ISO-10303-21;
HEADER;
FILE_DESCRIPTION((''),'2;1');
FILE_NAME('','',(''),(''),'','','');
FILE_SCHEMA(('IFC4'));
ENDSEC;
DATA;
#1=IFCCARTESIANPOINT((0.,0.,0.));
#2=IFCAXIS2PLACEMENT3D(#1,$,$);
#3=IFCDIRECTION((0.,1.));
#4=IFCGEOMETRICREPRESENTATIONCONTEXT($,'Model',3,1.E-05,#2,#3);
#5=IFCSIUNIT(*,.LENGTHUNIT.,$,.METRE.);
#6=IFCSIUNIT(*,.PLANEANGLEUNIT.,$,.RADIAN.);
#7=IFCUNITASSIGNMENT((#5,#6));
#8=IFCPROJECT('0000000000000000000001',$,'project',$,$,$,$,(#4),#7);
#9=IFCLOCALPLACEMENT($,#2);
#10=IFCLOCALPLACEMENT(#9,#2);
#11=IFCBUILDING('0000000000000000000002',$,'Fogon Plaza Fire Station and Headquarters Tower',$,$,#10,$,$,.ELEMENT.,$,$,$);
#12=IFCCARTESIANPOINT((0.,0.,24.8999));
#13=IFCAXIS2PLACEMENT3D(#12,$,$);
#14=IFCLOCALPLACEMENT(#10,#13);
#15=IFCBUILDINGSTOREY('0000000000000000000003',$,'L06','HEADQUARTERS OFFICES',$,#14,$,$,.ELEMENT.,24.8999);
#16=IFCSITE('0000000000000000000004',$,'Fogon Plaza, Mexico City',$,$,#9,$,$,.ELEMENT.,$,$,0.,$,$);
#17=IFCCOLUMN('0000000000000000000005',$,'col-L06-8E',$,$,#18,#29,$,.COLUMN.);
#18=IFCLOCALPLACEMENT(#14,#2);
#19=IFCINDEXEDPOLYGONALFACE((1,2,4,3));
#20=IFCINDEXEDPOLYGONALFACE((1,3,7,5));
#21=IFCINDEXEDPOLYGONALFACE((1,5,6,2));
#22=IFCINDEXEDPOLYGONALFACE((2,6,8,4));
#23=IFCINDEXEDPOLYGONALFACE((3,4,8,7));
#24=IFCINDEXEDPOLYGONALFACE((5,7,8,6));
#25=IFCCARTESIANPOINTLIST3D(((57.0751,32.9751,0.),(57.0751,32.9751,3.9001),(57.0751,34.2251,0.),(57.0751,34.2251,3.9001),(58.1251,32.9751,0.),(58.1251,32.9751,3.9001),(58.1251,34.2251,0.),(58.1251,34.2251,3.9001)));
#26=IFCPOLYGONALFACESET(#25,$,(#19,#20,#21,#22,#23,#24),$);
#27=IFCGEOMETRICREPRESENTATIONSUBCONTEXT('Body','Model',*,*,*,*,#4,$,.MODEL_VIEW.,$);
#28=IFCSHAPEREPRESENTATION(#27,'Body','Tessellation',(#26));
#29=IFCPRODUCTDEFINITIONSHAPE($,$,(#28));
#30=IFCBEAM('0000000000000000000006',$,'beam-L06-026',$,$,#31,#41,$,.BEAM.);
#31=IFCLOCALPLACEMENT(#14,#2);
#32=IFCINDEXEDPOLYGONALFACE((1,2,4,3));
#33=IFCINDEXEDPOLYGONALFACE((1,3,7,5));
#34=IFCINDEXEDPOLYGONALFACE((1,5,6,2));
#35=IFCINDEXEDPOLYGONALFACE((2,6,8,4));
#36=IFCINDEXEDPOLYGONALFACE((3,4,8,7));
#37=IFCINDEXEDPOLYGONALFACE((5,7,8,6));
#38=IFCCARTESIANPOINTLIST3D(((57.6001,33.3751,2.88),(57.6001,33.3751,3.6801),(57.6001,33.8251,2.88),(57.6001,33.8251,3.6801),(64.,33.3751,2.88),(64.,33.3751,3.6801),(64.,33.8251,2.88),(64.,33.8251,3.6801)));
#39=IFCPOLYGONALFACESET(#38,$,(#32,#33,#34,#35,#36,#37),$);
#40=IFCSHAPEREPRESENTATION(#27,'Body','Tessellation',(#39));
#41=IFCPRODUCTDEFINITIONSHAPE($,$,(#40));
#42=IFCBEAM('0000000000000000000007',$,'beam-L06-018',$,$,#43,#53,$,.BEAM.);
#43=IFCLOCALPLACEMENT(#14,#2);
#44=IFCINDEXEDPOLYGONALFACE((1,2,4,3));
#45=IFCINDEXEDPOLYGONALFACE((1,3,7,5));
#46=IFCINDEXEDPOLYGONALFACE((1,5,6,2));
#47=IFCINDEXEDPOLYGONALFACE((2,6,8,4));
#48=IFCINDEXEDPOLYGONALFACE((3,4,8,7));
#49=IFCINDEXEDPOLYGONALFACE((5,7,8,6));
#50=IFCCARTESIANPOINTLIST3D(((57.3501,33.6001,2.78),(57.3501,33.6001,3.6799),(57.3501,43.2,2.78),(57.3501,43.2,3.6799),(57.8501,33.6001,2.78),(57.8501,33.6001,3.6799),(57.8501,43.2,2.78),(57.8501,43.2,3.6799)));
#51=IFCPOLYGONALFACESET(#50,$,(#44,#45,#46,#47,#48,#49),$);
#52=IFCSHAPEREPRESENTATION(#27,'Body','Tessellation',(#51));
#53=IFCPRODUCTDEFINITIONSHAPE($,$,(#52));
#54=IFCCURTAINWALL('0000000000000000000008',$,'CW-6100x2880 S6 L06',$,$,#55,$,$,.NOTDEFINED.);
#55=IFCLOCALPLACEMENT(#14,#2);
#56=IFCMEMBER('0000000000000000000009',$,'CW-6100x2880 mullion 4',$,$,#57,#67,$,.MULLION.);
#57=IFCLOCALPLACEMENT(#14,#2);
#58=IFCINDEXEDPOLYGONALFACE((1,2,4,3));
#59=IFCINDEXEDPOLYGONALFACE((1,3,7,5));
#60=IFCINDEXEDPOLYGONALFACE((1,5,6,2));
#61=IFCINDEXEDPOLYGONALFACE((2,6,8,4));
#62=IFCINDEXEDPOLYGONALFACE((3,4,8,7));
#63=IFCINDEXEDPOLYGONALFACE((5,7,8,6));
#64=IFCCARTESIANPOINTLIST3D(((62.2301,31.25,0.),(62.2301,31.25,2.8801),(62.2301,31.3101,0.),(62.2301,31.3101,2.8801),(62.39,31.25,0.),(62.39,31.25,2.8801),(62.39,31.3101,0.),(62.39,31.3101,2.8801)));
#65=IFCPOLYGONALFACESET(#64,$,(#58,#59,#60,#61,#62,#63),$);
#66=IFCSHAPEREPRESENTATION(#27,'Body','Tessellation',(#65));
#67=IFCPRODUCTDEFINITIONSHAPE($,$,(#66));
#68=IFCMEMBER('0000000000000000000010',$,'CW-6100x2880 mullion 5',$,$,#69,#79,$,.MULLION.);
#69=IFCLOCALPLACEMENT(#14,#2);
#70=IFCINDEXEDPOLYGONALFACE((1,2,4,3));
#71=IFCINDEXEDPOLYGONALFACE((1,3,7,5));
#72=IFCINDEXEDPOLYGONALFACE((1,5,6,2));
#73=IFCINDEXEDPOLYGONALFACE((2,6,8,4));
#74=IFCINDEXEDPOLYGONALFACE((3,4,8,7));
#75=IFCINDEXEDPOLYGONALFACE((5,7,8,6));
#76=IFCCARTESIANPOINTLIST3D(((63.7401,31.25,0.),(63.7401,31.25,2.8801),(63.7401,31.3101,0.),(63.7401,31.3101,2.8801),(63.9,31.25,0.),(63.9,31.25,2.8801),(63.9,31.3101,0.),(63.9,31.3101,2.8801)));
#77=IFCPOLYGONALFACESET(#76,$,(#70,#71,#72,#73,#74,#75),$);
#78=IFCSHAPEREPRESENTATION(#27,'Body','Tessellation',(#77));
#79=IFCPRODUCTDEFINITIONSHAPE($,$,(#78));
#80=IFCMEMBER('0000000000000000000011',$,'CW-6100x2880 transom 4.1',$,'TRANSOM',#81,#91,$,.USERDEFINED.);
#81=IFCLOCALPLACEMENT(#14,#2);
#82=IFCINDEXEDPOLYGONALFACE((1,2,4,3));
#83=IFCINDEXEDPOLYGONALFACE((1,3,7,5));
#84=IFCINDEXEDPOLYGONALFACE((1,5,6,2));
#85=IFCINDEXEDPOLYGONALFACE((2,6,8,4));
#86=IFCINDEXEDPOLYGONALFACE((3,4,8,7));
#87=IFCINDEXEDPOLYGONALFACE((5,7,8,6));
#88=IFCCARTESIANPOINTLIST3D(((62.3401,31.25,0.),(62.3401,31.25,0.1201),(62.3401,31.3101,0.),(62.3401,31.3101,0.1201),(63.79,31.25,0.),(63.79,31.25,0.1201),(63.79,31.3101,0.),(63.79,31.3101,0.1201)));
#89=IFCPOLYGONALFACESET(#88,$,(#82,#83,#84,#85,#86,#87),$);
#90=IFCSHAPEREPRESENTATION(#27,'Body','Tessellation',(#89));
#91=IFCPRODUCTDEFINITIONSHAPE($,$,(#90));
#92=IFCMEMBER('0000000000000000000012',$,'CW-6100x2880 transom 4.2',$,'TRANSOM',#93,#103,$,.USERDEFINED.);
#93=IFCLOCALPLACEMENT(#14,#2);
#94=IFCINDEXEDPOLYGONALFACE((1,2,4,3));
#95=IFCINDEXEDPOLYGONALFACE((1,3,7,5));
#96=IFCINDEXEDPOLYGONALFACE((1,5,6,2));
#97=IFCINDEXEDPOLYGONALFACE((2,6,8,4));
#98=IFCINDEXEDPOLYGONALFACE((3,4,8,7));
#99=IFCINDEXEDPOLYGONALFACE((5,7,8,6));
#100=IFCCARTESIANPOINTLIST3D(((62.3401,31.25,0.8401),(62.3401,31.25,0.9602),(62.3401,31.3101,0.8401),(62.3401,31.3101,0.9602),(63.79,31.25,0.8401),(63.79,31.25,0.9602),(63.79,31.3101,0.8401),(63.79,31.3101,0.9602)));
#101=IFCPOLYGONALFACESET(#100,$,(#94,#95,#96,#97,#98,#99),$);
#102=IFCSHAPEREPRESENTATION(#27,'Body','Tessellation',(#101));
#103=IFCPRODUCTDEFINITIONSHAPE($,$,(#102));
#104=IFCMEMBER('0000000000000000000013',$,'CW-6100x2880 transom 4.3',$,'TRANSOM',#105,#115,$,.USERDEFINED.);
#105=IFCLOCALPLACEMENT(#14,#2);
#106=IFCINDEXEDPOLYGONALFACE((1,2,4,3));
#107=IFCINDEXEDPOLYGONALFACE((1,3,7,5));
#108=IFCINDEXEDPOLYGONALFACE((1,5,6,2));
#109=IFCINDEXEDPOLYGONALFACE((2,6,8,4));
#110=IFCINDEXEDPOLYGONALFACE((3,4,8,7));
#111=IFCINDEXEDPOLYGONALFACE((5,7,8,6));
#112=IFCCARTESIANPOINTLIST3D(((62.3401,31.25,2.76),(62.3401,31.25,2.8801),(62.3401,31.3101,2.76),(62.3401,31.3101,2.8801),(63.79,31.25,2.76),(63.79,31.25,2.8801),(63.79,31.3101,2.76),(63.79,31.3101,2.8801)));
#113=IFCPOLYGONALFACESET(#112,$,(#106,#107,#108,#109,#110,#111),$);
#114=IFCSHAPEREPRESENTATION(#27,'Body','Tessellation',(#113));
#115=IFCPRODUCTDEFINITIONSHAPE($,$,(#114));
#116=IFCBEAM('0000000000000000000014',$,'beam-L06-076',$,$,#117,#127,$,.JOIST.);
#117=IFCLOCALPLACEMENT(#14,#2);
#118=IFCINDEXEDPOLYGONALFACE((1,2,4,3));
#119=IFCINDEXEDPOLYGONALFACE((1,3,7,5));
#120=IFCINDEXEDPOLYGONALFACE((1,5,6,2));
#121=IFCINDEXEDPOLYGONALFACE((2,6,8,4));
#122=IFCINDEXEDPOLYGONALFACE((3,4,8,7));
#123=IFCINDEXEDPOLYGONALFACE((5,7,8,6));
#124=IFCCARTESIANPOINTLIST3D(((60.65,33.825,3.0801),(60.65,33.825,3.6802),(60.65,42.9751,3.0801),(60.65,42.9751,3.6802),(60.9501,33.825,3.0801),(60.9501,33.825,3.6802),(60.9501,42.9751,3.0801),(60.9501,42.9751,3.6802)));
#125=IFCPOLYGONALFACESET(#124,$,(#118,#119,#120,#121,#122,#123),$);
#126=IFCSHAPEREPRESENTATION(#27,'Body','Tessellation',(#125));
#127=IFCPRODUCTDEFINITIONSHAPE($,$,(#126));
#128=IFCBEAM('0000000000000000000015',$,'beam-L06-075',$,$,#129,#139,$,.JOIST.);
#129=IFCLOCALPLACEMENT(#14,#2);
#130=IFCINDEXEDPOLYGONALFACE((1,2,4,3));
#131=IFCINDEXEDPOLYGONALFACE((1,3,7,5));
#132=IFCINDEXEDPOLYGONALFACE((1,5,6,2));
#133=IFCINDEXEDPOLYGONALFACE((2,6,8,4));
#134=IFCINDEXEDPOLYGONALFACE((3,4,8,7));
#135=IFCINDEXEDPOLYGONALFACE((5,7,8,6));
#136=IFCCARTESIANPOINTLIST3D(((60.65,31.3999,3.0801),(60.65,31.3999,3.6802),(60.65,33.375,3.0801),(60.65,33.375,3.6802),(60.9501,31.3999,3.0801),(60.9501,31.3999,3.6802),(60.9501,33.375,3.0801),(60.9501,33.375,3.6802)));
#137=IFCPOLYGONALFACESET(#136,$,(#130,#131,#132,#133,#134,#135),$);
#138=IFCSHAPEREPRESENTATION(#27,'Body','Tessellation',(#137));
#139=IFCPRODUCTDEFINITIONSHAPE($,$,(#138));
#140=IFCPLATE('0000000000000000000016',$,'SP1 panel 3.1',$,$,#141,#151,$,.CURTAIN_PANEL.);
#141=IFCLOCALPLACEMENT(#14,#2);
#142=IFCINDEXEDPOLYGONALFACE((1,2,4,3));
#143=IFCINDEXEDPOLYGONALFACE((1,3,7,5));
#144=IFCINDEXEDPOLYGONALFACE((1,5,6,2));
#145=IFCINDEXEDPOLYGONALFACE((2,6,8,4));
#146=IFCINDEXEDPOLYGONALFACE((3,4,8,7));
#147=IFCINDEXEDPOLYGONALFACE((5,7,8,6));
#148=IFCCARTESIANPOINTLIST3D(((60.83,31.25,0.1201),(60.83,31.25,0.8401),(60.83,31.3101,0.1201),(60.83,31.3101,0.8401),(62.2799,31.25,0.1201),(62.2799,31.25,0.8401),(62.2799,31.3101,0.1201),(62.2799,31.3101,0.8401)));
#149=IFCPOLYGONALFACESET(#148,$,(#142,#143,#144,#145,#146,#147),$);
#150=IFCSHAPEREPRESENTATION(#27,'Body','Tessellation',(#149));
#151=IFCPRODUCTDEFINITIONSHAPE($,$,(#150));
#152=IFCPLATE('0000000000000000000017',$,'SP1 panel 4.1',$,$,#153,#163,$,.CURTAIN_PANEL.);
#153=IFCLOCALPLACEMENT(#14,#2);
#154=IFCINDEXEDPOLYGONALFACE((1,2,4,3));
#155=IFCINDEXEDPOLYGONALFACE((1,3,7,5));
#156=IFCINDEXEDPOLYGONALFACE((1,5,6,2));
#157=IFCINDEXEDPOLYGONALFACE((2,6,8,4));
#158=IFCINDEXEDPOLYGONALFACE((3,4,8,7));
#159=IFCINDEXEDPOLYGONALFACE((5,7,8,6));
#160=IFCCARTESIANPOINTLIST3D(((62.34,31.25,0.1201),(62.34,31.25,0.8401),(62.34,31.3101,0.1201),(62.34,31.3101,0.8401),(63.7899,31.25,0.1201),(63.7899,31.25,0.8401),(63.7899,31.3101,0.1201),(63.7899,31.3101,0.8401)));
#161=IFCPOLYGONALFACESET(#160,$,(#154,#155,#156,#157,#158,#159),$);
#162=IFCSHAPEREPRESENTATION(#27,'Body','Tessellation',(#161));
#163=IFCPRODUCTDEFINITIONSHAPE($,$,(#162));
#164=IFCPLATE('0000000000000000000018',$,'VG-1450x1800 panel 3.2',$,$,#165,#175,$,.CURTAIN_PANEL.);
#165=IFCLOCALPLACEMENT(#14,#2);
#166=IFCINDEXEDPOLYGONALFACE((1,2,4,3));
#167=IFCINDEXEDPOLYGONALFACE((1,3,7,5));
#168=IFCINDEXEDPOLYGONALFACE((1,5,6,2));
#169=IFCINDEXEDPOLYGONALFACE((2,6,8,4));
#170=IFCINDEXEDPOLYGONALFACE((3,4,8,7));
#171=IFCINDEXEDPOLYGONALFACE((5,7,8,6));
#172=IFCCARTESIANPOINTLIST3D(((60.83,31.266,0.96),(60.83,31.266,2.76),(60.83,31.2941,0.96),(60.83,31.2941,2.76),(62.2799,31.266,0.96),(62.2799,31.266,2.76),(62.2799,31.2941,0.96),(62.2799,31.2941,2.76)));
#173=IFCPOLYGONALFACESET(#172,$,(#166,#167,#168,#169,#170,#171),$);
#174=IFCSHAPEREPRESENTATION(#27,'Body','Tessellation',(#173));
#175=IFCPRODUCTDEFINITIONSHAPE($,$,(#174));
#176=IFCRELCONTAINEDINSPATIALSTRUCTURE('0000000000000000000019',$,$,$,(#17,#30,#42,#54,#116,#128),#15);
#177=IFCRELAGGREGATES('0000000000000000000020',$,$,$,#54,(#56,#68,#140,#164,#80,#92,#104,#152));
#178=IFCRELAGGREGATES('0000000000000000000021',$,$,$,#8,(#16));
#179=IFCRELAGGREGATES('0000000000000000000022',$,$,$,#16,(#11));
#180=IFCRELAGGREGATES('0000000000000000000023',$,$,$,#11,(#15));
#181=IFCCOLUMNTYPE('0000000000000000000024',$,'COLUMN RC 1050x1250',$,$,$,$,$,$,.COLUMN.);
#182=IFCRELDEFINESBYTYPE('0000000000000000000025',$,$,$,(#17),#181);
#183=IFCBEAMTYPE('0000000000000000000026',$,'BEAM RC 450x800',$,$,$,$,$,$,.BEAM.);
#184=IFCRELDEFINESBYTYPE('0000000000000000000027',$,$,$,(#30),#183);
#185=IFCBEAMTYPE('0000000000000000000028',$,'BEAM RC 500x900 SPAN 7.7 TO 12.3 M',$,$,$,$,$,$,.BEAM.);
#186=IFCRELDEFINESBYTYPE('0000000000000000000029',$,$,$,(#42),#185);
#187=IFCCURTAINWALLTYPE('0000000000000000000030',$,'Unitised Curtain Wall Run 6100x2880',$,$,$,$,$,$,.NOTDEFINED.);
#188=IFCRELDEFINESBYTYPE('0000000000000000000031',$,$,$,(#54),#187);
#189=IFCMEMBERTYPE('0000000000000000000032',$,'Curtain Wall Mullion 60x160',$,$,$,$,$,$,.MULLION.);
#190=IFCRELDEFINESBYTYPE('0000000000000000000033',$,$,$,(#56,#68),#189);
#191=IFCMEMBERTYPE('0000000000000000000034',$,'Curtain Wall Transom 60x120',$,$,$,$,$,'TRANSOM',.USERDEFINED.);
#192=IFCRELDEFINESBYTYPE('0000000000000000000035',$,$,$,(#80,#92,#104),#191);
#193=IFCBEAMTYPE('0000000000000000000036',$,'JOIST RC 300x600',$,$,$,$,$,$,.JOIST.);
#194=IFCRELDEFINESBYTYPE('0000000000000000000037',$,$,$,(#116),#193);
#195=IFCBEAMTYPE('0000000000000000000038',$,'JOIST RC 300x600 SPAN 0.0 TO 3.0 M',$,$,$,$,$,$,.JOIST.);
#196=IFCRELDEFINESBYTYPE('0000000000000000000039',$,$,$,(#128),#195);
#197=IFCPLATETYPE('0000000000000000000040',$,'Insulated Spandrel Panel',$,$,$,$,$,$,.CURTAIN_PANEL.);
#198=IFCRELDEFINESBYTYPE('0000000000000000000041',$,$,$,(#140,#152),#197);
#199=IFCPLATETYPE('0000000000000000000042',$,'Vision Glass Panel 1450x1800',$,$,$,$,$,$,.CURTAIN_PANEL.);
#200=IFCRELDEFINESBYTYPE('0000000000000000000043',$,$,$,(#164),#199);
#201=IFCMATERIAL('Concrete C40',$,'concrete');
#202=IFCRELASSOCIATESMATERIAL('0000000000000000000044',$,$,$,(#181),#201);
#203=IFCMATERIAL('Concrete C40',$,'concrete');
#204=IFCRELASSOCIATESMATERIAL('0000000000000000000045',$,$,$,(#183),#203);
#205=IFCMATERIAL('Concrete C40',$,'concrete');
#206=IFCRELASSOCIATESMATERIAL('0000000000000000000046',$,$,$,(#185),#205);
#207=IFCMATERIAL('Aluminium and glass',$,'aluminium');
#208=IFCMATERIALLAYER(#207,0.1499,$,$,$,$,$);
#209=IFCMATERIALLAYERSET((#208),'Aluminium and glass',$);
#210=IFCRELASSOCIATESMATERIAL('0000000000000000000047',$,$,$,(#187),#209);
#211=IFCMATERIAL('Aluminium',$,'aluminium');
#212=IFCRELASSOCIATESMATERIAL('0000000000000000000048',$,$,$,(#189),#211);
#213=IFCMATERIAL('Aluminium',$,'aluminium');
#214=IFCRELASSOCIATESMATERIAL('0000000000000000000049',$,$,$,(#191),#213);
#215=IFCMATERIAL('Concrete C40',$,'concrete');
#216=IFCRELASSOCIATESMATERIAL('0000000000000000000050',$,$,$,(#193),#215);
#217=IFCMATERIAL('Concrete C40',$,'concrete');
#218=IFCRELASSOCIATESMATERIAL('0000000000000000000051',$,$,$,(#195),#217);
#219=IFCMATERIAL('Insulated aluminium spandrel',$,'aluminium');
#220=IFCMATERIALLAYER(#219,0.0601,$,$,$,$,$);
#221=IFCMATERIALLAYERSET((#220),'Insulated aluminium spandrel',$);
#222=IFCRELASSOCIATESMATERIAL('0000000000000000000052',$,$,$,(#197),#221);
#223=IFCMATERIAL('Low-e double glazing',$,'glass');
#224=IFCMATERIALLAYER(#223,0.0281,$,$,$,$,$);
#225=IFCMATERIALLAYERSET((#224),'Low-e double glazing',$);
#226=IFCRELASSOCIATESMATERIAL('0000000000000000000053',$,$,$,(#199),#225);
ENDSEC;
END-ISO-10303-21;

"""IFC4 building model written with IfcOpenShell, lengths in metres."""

from ifc_helpers import new_model, si_unit, direction, frame, origin, origin_2d, place, context, subcontext, project, spatial, rectangle, extrude, material, layer, layer_set, material_profile, profile_set, type_object, element, aggregate, save


model = new_model("IFC4")

# Units and contexts
model_context = context("Model", 3, precision=1e-05, world=origin(), true_north=direction((0.0, 1.0)))
body_context = subcontext(model_context, "Body", "Model", "MODEL_VIEW")
ifc_project = project(units=[si_unit("LENGTHUNIT", "METRE"), si_unit("PLANEANGLEUNIT", "RADIAN")], contexts=[model_context])

# Site, building, storey
site_placement = place(None, origin())
site = spatial("IfcSite", under=ifc_project, at=site_placement, Name="Fogon Plaza, Mexico City", CompositionType="ELEMENT", RefElevation=0.0)
building_placement = place(site_placement, origin())
building = spatial("IfcBuilding", under=site, at=building_placement, Name="Fogon Plaza Fire Station and Headquarters Tower", CompositionType="ELEMENT")
storey_placement = place(building_placement, frame((0.0, 0.0, 24.8999)))
storey = spatial("IfcBuildingStorey", under=building, at=storey_placement, Name="L06", Description="HEADQUARTERS OFFICES", CompositionType="ELEMENT", Elevation=24.8999)

# Column
ifc_material_1 = material(Name="Concrete C40", Category="concrete")
ifc_material_profile_1 = material_profile(ifc_material_1, rectangle(XDim=1.05, YDim=1.25, at=origin_2d()), Name="RC 1050x1250")
ifc_profile_set_1 = profile_set([ifc_material_profile_1], Name="Concrete C40")
column_type = type_object("IfcColumnType", Name="COLUMN RC 1050x1250", PredefinedType="COLUMN", material=ifc_profile_set_1)
column_placement = place(storey_placement, frame((57.6001, 33.6001, 0.0), z_axis=(0.0, 0.0, 1.0), x_axis=(1.0, 0.0, 0.0)))
element("IfcColumn", 1, at=column_placement, inside=storey, type_object=column_type, Name="col-L06-8E", PredefinedType="COLUMN", context=body_context, shape_type="SweptSolid", body=[
    extrude(rectangle(XDim=1.05, YDim=1.25, at=origin_2d()), origin(), (0.0, 0.0, 1.0), 3.9001),
])

# Beams
ifc_material_2 = material(Name="Concrete C40", Category="concrete")
ifc_material_profile_2 = material_profile(ifc_material_2, rectangle(XDim=0.45, YDim=0.8, at=origin_2d()), Name="RC 450x800")
ifc_profile_set_2 = profile_set([ifc_material_profile_2], Name="Concrete C40")
beam_type_1 = type_object("IfcBeamType", Name="BEAM RC 450x800", PredefinedType="BEAM", material=ifc_profile_set_2)
beam_1_placement = place(storey_placement, frame((57.6001, 33.6001, 3.28), z_axis=(1.0, 0.0, 0.0), x_axis=(0.0, 1.0, 0.0)))
element("IfcBeam", 2, at=beam_1_placement, inside=storey, type_object=beam_type_1, Name="beam-L06-026", PredefinedType="BEAM", context=body_context, shape_type="SweptSolid", body=[
    extrude(rectangle(XDim=0.45, YDim=0.8, at=origin_2d()), origin(), (0.0, 0.0, 1.0), 6.3999),
])
ifc_material_3 = material(Name="Concrete C40", Category="concrete")
ifc_material_profile_3 = material_profile(ifc_material_3, rectangle(XDim=0.5, YDim=0.8999, at=origin_2d()), Name="RC 500x900")
ifc_profile_set_3 = profile_set([ifc_material_profile_3], Name="Concrete C40")
beam_type_2 = type_object("IfcBeamType", Name="BEAM RC 500x900 SPAN 7.7 TO 12.3 M", PredefinedType="BEAM", material=ifc_profile_set_3)
beam_2_placement = place(storey_placement, frame((57.6001, 33.6001, 3.23), z_axis=(0.0, 1.0, 0.0), x_axis=(-1.0, 0.0, 0.0)))
element("IfcBeam", 3, at=beam_2_placement, inside=storey, type_object=beam_type_2, Name="beam-L06-018", PredefinedType="BEAM", context=body_context, shape_type="SweptSolid", body=[
    extrude(rectangle(XDim=0.5, YDim=0.8999, at=origin_2d()), origin(), (0.0, 0.0, 1.0), 9.5999),
])

# Curtain wall, members
ifc_material_4 = material(Name="Aluminium and glass", Category="aluminium")
ifc_layer_1 = layer(ifc_material_4, 0.1499)
ifc_layer_set_1 = layer_set([ifc_layer_1], Name="Aluminium and glass")
curtain_wall_type = type_object("IfcCurtainWallType", Name="Unitised Curtain Wall Run 6100x2880", PredefinedType="NOTDEFINED", material=ifc_layer_set_1)
curtain_wall_placement = place(storey_placement, origin())
curtain_wall = element("IfcCurtainWall", 4, at=curtain_wall_placement, inside=storey, type_object=curtain_wall_type, Name="CW-6100x2880 S6 L06", PredefinedType="NOTDEFINED")
ifc_material_5 = material(Name="Aluminium", Category="aluminium")
ifc_material_profile_4 = material_profile(ifc_material_5, rectangle(XDim=0.0601, YDim=0.1599, at=origin_2d()), Name="Curtain Wall Mullion 60x160")
ifc_profile_set_4 = profile_set([ifc_material_profile_4], Name="Aluminium")
member_type_1 = type_object("IfcMemberType", Name="Curtain Wall Mullion 60x160", PredefinedType="MULLION", material=ifc_profile_set_4)
member_1_placement = place(storey_placement, frame((62.3101, 31.28, 0.0), z_axis=(0.0, 0.0, 1.0), x_axis=(0.0, 1.0, 0.0)))
member_1 = element("IfcMember", 5, at=member_1_placement, type_object=member_type_1, Name="CW-6100x2880 mullion 4", PredefinedType="MULLION", context=body_context, shape_type="SweptSolid", body=[
    extrude(rectangle(XDim=0.0601, YDim=0.1599, at=origin_2d()), origin(), (0.0, 0.0, 1.0), 2.8801),
])
member_2_placement = place(storey_placement, frame((63.8201, 31.28, 0.0), z_axis=(0.0, 0.0, 1.0), x_axis=(0.0, 1.0, 0.0)))
member_2 = element("IfcMember", 6, at=member_2_placement, type_object=member_type_1, Name="CW-6100x2880 mullion 5", PredefinedType="MULLION", context=body_context, shape_type="SweptSolid", body=[
    extrude(rectangle(XDim=0.0601, YDim=0.1599, at=origin_2d()), origin(), (0.0, 0.0, 1.0), 2.8801),
])
ifc_material_6 = material(Name="Aluminium", Category="aluminium")
ifc_material_profile_5 = material_profile(ifc_material_6, rectangle(XDim=0.0601, YDim=0.1201, at=origin_2d()), Name="Curtain Wall Transom 60x120")
ifc_profile_set_5 = profile_set([ifc_material_profile_5], Name="Aluminium")
member_type_2 = type_object("IfcMemberType", Name="Curtain Wall Transom 60x120", ElementType="TRANSOM", PredefinedType="USERDEFINED", material=ifc_profile_set_5)
member_3_placement = place(storey_placement, frame((62.3401, 31.28, 0.0601), z_axis=(1.0, 0.0, 0.0), x_axis=(0.0, 1.0, 0.0)))
member_3 = element("IfcMember", 7, at=member_3_placement, type_object=member_type_2, Name="CW-6100x2880 transom 4.1", ObjectType="TRANSOM", PredefinedType="USERDEFINED", context=body_context, shape_type="SweptSolid", body=[
    extrude(rectangle(XDim=0.0601, YDim=0.1201, at=origin_2d()), origin(), (0.0, 0.0, 1.0), 1.45),
])
member_4_placement = place(storey_placement, frame((62.3401, 31.28, 0.9001), z_axis=(1.0, 0.0, 0.0), x_axis=(0.0, 1.0, 0.0)))
member_4 = element("IfcMember", 8, at=member_4_placement, type_object=member_type_2, Name="CW-6100x2880 transom 4.2", ObjectType="TRANSOM", PredefinedType="USERDEFINED", context=body_context, shape_type="SweptSolid", body=[
    extrude(rectangle(XDim=0.0601, YDim=0.1201, at=origin_2d()), origin(), (0.0, 0.0, 1.0), 1.45),
])
member_5_placement = place(storey_placement, frame((62.3401, 31.28, 2.8201), z_axis=(1.0, 0.0, 0.0), x_axis=(0.0, 1.0, 0.0)))
member_5 = element("IfcMember", 9, at=member_5_placement, type_object=member_type_2, Name="CW-6100x2880 transom 4.3", ObjectType="TRANSOM", PredefinedType="USERDEFINED", context=body_context, shape_type="SweptSolid", body=[
    extrude(rectangle(XDim=0.0601, YDim=0.1201, at=origin_2d()), origin(), (0.0, 0.0, 1.0), 1.45),
])

# Beams
ifc_material_7 = material(Name="Concrete C40", Category="concrete")
ifc_material_profile_6 = material_profile(ifc_material_7, rectangle(XDim=0.3, YDim=0.6001, at=origin_2d()), Name="RC 300x600")
ifc_profile_set_6 = profile_set([ifc_material_profile_6], Name="Concrete C40")
beam_type_3 = type_object("IfcBeamType", Name="JOIST RC 300x600", PredefinedType="JOIST", material=ifc_profile_set_6)
beam_3_placement = place(storey_placement, frame((60.8, 33.825, 3.3801), z_axis=(0.0, 1.0, 0.0), x_axis=(-1.0, 0.0, 0.0)))
element("IfcBeam", 10, at=beam_3_placement, inside=storey, type_object=beam_type_3, Name="beam-L06-076", PredefinedType="JOIST", context=body_context, shape_type="SweptSolid", body=[
    extrude(rectangle(XDim=0.3, YDim=0.6001, at=origin_2d()), origin(), (0.0, 0.0, 1.0), 9.1501),
])
ifc_material_8 = material(Name="Concrete C40", Category="concrete")
ifc_material_profile_7 = material_profile(ifc_material_8, rectangle(XDim=0.3, YDim=0.6001, at=origin_2d()), Name="RC 300x600")
ifc_profile_set_7 = profile_set([ifc_material_profile_7], Name="Concrete C40")
beam_type_4 = type_object("IfcBeamType", Name="JOIST RC 300x600 SPAN 0.0 TO 3.0 M", PredefinedType="JOIST", material=ifc_profile_set_7)
beam_4_placement = place(storey_placement, frame((60.8, 31.3999, 3.3801), z_axis=(0.0, 1.0, 0.0), x_axis=(-1.0, 0.0, 0.0)))
element("IfcBeam", 11, at=beam_4_placement, inside=storey, type_object=beam_type_4, Name="beam-L06-075", PredefinedType="JOIST", context=body_context, shape_type="SweptSolid", body=[
    extrude(rectangle(XDim=0.3, YDim=0.6001, at=origin_2d()), origin(), (0.0, 0.0, 1.0), 1.9751),
])

# Plates
ifc_material_9 = material(Name="Insulated aluminium spandrel", Category="aluminium")
ifc_layer_2 = layer(ifc_material_9, 0.0601)
ifc_layer_set_2 = layer_set([ifc_layer_2], Name="Insulated aluminium spandrel")
plate_type_1 = type_object("IfcPlateType", Name="Insulated Spandrel Panel", PredefinedType="CURTAIN_PANEL", material=ifc_layer_set_2)
plate_1_placement = place(storey_placement, frame((61.5549, 31.28, 0.1201), z_axis=(0.0, 0.0, 1.0), x_axis=(1.0, 0.0, 0.0)))
plate_1 = element("IfcPlate", 12, at=plate_1_placement, type_object=plate_type_1, Name="SP1 panel 3.1", PredefinedType="CURTAIN_PANEL", context=body_context, shape_type="SweptSolid", body=[
    extrude(rectangle(XDim=1.45, YDim=0.0601, at=origin_2d()), origin(), (0.0, 0.0, 1.0), 0.72),
])
plate_2_placement = place(storey_placement, frame((63.0649, 31.28, 0.1201), z_axis=(0.0, 0.0, 1.0), x_axis=(1.0, 0.0, 0.0)))
plate_2 = element("IfcPlate", 13, at=plate_2_placement, type_object=plate_type_1, Name="SP1 panel 4.1", PredefinedType="CURTAIN_PANEL", context=body_context, shape_type="SweptSolid", body=[
    extrude(rectangle(XDim=1.45, YDim=0.0601, at=origin_2d()), origin(), (0.0, 0.0, 1.0), 0.72),
])
ifc_material_10 = material(Name="Low-e double glazing", Category="glass")
ifc_layer_3 = layer(ifc_material_10, 0.0281)
ifc_layer_set_3 = layer_set([ifc_layer_3], Name="Low-e double glazing")
plate_type_2 = type_object("IfcPlateType", Name="Vision Glass Panel 1450x1800", PredefinedType="CURTAIN_PANEL", material=ifc_layer_set_3)
plate_3_placement = place(storey_placement, frame((61.5549, 31.28, 0.96), z_axis=(0.0, 0.0, 1.0), x_axis=(1.0, 0.0, 0.0)))
plate_3 = element("IfcPlate", 14, at=plate_3_placement, type_object=plate_type_2, Name="VG-1450x1800 panel 3.2", PredefinedType="CURTAIN_PANEL", context=body_context, shape_type="SweptSolid", body=[
    extrude(rectangle(XDim=1.45, YDim=0.0281, at=origin_2d()), origin(), (0.0, 0.0, 1.0), 1.8),
])
aggregate(curtain_wall, [member_1, member_2, plate_1, plate_3, member_3, member_4, member_5, plate_2])

save(model, "model.ifc")
